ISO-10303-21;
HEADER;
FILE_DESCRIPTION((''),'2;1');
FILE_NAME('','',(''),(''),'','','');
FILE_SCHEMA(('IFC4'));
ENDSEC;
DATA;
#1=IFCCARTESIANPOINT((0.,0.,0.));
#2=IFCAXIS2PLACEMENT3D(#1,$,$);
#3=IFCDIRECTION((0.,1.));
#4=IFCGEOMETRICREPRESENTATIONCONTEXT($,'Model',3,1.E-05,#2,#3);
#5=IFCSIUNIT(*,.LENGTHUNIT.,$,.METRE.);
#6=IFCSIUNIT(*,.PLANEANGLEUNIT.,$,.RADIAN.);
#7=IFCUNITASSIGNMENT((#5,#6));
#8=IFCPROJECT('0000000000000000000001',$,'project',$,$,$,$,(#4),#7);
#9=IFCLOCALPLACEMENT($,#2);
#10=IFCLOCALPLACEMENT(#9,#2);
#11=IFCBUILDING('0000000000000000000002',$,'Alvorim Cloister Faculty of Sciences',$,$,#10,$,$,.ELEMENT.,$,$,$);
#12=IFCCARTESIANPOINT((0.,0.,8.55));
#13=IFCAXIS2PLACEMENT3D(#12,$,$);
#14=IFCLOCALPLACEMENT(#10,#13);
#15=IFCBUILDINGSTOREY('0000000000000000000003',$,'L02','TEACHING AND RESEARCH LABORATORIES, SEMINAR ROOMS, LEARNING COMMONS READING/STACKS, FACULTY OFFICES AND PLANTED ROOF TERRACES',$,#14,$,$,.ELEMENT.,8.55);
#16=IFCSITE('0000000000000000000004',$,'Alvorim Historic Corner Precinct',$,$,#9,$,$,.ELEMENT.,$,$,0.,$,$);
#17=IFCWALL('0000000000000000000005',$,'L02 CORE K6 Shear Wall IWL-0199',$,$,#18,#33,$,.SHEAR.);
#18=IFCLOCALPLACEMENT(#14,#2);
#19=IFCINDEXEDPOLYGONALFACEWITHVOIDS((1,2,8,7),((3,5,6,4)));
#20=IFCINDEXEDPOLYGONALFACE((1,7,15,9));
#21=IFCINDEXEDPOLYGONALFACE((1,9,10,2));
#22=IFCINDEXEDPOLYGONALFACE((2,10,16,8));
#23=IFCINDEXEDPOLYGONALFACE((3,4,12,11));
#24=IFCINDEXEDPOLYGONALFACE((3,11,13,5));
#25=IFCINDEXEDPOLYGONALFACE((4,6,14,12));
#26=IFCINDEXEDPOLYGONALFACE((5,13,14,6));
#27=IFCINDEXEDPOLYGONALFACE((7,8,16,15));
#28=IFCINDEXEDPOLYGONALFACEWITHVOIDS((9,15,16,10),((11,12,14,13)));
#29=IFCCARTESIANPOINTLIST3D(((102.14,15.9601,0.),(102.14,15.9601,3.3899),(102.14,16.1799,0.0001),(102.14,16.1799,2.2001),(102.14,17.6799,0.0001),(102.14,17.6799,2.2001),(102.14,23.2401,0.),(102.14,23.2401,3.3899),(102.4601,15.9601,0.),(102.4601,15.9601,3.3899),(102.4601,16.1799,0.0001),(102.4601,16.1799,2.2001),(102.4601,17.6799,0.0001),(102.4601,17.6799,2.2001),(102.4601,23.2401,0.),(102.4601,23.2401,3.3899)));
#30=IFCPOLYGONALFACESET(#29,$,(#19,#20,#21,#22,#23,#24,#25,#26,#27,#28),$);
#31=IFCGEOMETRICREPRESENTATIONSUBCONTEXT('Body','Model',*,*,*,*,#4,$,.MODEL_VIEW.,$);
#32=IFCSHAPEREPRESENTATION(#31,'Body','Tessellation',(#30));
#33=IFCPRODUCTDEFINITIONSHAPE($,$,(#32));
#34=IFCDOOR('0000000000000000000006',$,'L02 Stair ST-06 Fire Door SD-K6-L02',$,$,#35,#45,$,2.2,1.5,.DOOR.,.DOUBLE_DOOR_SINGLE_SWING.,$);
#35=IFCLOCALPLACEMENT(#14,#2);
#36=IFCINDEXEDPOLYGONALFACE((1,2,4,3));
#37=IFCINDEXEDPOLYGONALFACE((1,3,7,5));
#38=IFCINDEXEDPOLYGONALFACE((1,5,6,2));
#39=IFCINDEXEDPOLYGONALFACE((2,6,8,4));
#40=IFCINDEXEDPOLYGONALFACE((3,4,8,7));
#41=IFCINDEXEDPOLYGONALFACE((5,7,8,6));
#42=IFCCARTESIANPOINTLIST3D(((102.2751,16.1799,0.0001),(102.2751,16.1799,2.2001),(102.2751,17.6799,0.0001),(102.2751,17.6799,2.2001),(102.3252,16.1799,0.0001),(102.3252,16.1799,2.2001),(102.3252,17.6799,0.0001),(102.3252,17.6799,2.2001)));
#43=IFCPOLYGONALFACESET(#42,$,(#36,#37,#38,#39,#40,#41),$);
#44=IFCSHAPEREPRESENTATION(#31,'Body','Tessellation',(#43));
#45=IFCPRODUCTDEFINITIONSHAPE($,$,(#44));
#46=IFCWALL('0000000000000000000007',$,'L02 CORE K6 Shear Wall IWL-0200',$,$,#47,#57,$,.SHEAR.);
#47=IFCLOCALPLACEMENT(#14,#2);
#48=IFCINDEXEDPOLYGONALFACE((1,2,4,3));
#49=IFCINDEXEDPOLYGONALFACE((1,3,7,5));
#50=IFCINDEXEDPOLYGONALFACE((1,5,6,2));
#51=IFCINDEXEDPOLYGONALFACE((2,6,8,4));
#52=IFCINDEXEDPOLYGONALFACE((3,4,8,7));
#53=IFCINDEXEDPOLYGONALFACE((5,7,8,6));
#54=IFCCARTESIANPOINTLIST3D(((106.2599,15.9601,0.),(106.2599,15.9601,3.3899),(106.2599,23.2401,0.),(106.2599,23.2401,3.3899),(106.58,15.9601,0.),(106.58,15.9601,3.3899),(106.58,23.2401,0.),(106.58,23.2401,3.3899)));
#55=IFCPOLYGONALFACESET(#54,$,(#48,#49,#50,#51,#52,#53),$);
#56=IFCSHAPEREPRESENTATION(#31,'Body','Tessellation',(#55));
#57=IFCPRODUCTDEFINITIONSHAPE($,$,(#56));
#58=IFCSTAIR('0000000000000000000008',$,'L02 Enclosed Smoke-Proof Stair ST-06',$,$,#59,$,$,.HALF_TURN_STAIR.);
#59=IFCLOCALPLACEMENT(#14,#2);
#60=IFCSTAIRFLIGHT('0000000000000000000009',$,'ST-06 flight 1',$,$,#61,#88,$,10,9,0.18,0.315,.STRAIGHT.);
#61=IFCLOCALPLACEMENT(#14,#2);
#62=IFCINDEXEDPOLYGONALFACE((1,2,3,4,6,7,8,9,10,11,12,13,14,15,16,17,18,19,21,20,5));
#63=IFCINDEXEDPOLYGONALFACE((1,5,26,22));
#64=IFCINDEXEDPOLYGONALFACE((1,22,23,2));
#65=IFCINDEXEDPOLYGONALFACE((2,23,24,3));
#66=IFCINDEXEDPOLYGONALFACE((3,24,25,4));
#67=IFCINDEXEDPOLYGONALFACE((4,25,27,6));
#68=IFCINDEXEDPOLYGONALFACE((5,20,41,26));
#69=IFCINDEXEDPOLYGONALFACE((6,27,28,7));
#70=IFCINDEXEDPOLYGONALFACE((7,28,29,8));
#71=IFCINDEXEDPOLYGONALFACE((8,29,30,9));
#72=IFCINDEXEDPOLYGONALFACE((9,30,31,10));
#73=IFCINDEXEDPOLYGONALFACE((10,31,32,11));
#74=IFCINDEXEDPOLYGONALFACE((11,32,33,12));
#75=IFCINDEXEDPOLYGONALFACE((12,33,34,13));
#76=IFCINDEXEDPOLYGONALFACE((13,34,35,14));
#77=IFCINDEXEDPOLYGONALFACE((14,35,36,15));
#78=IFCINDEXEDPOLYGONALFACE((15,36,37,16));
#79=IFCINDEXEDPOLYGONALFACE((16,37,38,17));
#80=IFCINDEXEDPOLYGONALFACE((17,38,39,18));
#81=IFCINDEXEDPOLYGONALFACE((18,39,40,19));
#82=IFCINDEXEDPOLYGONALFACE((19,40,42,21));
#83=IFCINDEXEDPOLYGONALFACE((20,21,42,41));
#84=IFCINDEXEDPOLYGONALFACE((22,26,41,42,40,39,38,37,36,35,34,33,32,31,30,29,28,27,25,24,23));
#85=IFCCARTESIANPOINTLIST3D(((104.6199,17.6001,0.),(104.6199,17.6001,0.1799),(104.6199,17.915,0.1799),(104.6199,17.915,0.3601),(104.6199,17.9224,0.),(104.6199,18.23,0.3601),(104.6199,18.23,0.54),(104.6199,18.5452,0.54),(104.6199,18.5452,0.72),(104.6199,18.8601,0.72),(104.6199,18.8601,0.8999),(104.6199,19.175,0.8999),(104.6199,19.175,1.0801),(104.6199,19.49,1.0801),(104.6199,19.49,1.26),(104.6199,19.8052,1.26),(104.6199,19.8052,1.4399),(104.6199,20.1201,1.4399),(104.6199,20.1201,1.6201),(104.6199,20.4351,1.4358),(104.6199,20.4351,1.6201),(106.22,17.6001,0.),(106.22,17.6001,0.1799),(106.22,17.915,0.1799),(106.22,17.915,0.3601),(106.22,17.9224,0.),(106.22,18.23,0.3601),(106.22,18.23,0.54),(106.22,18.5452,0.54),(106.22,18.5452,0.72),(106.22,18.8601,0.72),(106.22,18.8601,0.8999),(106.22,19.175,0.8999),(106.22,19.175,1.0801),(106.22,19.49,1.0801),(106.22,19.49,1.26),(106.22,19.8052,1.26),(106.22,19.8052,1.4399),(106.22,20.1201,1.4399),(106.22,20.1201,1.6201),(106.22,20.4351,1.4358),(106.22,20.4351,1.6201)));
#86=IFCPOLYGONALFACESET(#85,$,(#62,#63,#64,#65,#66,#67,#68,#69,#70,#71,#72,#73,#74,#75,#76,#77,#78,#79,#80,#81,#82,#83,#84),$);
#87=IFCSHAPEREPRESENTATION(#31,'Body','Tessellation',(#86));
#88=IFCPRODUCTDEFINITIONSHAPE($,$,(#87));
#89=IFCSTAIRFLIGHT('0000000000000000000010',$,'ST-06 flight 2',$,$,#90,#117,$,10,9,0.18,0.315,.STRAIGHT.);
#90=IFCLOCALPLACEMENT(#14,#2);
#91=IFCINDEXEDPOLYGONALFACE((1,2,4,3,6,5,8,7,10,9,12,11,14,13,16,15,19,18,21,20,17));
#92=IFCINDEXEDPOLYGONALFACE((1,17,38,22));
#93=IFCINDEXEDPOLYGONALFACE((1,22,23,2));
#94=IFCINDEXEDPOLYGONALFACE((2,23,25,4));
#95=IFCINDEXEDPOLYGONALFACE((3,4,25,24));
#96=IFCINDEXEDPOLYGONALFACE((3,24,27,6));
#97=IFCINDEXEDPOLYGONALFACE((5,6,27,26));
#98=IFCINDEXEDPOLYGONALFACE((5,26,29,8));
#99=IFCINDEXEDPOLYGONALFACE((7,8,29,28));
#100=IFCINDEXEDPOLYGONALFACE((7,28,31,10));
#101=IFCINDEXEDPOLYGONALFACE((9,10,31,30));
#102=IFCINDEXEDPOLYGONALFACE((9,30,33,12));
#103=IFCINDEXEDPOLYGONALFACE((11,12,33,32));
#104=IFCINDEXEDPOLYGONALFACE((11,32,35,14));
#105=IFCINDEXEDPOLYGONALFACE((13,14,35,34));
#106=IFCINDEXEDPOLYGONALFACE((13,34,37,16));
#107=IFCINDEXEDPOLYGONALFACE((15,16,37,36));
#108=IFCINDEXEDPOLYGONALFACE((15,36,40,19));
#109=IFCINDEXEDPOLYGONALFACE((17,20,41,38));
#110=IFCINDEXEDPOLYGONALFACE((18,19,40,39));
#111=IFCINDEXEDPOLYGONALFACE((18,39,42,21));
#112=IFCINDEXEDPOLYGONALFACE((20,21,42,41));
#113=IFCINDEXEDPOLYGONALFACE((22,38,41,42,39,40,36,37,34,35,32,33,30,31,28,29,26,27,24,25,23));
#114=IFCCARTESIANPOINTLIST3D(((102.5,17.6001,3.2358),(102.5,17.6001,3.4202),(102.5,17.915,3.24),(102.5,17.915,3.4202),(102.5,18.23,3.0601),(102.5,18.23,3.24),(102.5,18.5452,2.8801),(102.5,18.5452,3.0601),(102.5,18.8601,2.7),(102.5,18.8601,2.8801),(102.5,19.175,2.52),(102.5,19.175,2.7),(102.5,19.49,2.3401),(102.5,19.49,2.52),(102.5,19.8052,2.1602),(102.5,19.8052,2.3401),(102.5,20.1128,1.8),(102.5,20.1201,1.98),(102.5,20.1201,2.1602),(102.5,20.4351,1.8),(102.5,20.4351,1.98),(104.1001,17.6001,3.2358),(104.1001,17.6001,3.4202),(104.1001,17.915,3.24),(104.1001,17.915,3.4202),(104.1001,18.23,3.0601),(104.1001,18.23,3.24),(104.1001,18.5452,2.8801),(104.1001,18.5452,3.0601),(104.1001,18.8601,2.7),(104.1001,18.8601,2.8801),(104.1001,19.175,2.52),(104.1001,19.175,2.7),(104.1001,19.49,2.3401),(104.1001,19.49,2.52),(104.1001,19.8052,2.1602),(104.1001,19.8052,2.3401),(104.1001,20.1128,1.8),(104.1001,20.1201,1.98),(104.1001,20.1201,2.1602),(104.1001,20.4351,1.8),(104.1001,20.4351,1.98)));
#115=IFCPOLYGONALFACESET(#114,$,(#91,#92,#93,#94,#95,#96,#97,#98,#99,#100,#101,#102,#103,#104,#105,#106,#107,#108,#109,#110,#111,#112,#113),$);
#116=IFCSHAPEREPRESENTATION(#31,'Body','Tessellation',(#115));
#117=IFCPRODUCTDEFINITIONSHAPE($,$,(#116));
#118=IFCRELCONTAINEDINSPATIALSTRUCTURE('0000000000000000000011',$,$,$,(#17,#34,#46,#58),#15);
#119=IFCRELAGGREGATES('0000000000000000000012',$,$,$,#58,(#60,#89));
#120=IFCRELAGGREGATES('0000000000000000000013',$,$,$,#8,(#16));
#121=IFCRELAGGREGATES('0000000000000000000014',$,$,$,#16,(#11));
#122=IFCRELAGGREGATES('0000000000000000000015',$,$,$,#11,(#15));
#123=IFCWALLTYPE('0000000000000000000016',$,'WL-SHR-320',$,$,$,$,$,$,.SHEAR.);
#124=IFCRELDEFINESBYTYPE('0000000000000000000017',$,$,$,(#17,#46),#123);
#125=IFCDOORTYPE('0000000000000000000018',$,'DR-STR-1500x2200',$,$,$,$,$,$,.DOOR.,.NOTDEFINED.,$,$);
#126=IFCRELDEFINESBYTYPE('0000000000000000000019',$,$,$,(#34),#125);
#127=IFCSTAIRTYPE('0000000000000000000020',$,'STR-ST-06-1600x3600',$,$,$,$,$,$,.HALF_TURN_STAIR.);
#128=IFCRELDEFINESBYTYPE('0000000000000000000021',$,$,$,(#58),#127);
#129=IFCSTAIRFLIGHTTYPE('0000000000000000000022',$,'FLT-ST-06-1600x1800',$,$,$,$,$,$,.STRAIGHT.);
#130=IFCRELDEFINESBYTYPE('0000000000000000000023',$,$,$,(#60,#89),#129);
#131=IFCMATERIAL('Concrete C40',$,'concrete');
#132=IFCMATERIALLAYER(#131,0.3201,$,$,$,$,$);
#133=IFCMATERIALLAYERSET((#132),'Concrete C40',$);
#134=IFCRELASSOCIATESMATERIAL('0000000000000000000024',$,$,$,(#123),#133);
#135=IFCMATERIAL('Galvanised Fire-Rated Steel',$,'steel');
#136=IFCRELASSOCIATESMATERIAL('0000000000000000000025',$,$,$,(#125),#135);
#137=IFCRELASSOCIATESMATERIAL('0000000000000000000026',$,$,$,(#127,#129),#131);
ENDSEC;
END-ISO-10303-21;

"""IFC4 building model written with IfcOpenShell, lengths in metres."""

from ifc_helpers import new_model, si_unit, direction, frame, frame_2d, origin, place, context, subcontext, project, spatial, polyline, rectangle, outline, extrude, material, layer, layer_set, type_object, element, fill, aggregate, save


model = new_model("IFC4")

# Units and contexts
model_context = context("Model", 3, precision=1e-05, world=origin(), true_north=direction((0.0, 1.0)))
body_context = subcontext(model_context, "Body", "Model", "MODEL_VIEW")
ifc_project = project(units=[si_unit("LENGTHUNIT", "METRE"), si_unit("PLANEANGLEUNIT", "RADIAN")], contexts=[model_context])

# Site, building, storey
site_placement = place(None, origin())
site = spatial("IfcSite", under=ifc_project, at=site_placement, Name="Alvorim Historic Corner Precinct", CompositionType="ELEMENT", RefElevation=0.0)
building_placement = place(site_placement, origin())
building = spatial("IfcBuilding", under=site, at=building_placement, Name="Alvorim Cloister Faculty of Sciences", CompositionType="ELEMENT")
storey_placement = place(building_placement, frame((0.0, 0.0, 8.55)))
storey = spatial("IfcBuildingStorey", under=building, at=storey_placement, Name="L02", Description="TEACHING AND RESEARCH LABORATORIES, SEMINAR ROOMS, LEARNING COMMONS READING/STACKS, FACULTY OFFICES AND PLANTED ROOF TERRACES", CompositionType="ELEMENT", Elevation=8.55)

# Shared definitions
ifc_material_1 = material(Name="Concrete C40", Category="concrete")
ifc_layer_1 = layer(ifc_material_1, 0.3201)
ifc_layer_set_1 = layer_set([ifc_layer_1], Name="Concrete C40")
wall_type_1 = type_object("IfcWallType", Name="WL-SHR-320", PredefinedType="SHEAR", material=ifc_layer_set_1)

# Wall, opening, door
wall_1_placement = place(storey_placement, frame((102.3, 15.96, 0.0), z_axis=(0.0, 0.0, 1.0), x_axis=(0.0, 1.0, 0.0)))
wall_1 = element("IfcWall", 1, at=wall_1_placement, inside=storey, type_object=wall_type_1, Name="L02 CORE K6 Shear Wall IWL-0199", PredefinedType="SHEAR", context=body_context, shape_type="SweptSolid", body=[
    extrude(rectangle(XDim=7.28, YDim=0.3201, at=frame_2d((3.6401, 0.0))), origin(), (0.0, 0.0, 1.0), 3.3899),
])
opening_1_placement = place(wall_1_placement, frame((0.22, 0.0, 0.0)))
opening_1 = element("IfcOpeningElement", 2, at=opening_1_placement, cuts=wall_1, PredefinedType="OPENING", context=body_context, shape_type="SweptSolid", body=[
    extrude(rectangle(XDim=1.5, YDim=2.2, at=frame_2d((0.75, 1.1001))), frame((0.0, 0.1719, 0.0), z_axis=(0.0, -1.0, 0.0), x_axis=(1.0, 0.0, 0.0)), (0.0, 0.0, 1.0), 0.344),
])
ifc_material_2 = material(Name="Galvanised Fire-Rated Steel", Category="steel")
door_type_1 = type_object("IfcDoorType", Name="DR-STR-1500x2200", OperationType="NOTDEFINED", PredefinedType="DOOR", material=ifc_material_2)
door_1_placement = place(opening_1_placement, origin())
door_1 = element("IfcDoor", 3, at=door_1_placement, inside=storey, type_object=door_type_1, Name="L02 Stair ST-06 Fire Door SD-K6-L02", OperationType="DOUBLE_DOOR_SINGLE_SWING", OverallHeight=2.2, OverallWidth=1.5, PredefinedType="DOOR", context=body_context, shape_type="SweptSolid", body=[
    extrude(rectangle(XDim=1.5, YDim=2.2, at=frame_2d((0.75, 1.1001))), frame((0.0, 0.0249, 0.0), z_axis=(0.0, -1.0, 0.0), x_axis=(1.0, 0.0, 0.0)), (0.0, 0.0, 1.0), 0.05),
])
fill(opening_1, door_1)

# Wall
wall_2_placement = place(storey_placement, frame((106.4199, 15.96, 0.0), z_axis=(0.0, 0.0, 1.0), x_axis=(0.0, 1.0, 0.0)))
element("IfcWall", 4, at=wall_2_placement, inside=storey, type_object=wall_type_1, Name="L02 CORE K6 Shear Wall IWL-0200", PredefinedType="SHEAR", context=body_context, shape_type="SweptSolid", body=[
    extrude(rectangle(XDim=7.28, YDim=0.3201, at=frame_2d((3.6401, 0.0))), origin(), (0.0, 0.0, 1.0), 3.3899),
])

# Stair, stair flights
stair_type = type_object("IfcStairType", Name="STR-ST-06-1600x3600", PredefinedType="HALF_TURN_STAIR", material=ifc_material_1)
stair_placement = place(storey_placement, origin())
stair = element("IfcStair", 5, at=stair_placement, inside=storey, type_object=stair_type, Name="L02 Enclosed Smoke-Proof Stair ST-06", PredefinedType="HALF_TURN_STAIR")
stair_flight_type = type_object("IfcStairFlightType", Name="FLT-ST-06-1600x1800", PredefinedType="STRAIGHT", material=ifc_material_1)
stair_flight_1_placement = place(storey_placement, frame((105.4199, 17.6001, 0.0), z_axis=(0.0, 0.0, 1.0), x_axis=(0.0, 1.0, 0.0)))
stair_flight_1 = element("IfcStairFlight", 6, at=stair_flight_1_placement, type_object=stair_flight_type, Name="ST-06 flight 1", NumberOfRisers=10, NumberOfTreads=9, PredefinedType="STRAIGHT", RiserHeight=0.18, TreadLength=0.315, context=body_context, shape_type="SweptSolid", body=[
    extrude(outline(polyline([(0.3223, 0.0), (2.835, 1.4358), (2.835, 1.8), (2.835, 1.6201), (2.52, 1.6201), (2.52, 1.4399), (2.2051, 1.4399), (2.2051, 1.26), (1.8899, 1.26), (1.8899, 1.0801), (1.575, 1.0801), (1.575, 0.8999), (1.26, 0.8999), (1.26, 0.72), (0.9451, 0.72), (0.9451, 0.54), (0.6299, 0.54), (0.6299, 0.3601), (0.3149, 0.3601), (0.3149, 0.1799), (0.0, 0.1799), (0.0, 0.0), (0.3223, 0.0)])), frame((0.0, 0.8, 0.0), z_axis=(0.0, -1.0, 0.0), x_axis=(1.0, 0.0, 0.0)), (0.0, 0.0, 1.0), 1.6001),
])
stair_flight_2_placement = place(storey_placement, frame((103.3, 20.4351, 1.8), z_axis=(0.0, 0.0, 1.0), x_axis=(0.0, -1.0, 0.0)))
stair_flight_2 = element("IfcStairFlight", 7, at=stair_flight_2_placement, type_object=stair_flight_type, Name="ST-06 flight 2", NumberOfRisers=10, NumberOfTreads=9, PredefinedType="STRAIGHT", RiserHeight=0.18, TreadLength=0.315, context=body_context, shape_type="SweptSolid", body=[
    extrude(outline(polyline([(0.3223, 0.0), (2.835, 1.4358), (2.835, 1.8), (2.835, 1.6201), (2.52, 1.6201), (2.52, 1.4399), (2.2051, 1.4399), (2.2051, 1.26), (1.8899, 1.26), (1.8899, 1.0801), (1.575, 1.0801), (1.575, 0.8999), (1.26, 0.8999), (1.26, 0.72), (0.9451, 0.72), (0.9451, 0.54), (0.6299, 0.54), (0.6299, 0.3601), (0.3149, 0.3601), (0.3149, 0.1799), (0.0, 0.1799), (0.0, 0.0), (0.3223, 0.0)])), frame((0.0, 0.8, 0.0), z_axis=(0.0, -1.0, 0.0), x_axis=(1.0, 0.0, 0.0)), (0.0, 0.0, 1.0), 1.6001),
])
aggregate(stair, [stair_flight_1, stair_flight_2])

save(model, "model.ifc")
